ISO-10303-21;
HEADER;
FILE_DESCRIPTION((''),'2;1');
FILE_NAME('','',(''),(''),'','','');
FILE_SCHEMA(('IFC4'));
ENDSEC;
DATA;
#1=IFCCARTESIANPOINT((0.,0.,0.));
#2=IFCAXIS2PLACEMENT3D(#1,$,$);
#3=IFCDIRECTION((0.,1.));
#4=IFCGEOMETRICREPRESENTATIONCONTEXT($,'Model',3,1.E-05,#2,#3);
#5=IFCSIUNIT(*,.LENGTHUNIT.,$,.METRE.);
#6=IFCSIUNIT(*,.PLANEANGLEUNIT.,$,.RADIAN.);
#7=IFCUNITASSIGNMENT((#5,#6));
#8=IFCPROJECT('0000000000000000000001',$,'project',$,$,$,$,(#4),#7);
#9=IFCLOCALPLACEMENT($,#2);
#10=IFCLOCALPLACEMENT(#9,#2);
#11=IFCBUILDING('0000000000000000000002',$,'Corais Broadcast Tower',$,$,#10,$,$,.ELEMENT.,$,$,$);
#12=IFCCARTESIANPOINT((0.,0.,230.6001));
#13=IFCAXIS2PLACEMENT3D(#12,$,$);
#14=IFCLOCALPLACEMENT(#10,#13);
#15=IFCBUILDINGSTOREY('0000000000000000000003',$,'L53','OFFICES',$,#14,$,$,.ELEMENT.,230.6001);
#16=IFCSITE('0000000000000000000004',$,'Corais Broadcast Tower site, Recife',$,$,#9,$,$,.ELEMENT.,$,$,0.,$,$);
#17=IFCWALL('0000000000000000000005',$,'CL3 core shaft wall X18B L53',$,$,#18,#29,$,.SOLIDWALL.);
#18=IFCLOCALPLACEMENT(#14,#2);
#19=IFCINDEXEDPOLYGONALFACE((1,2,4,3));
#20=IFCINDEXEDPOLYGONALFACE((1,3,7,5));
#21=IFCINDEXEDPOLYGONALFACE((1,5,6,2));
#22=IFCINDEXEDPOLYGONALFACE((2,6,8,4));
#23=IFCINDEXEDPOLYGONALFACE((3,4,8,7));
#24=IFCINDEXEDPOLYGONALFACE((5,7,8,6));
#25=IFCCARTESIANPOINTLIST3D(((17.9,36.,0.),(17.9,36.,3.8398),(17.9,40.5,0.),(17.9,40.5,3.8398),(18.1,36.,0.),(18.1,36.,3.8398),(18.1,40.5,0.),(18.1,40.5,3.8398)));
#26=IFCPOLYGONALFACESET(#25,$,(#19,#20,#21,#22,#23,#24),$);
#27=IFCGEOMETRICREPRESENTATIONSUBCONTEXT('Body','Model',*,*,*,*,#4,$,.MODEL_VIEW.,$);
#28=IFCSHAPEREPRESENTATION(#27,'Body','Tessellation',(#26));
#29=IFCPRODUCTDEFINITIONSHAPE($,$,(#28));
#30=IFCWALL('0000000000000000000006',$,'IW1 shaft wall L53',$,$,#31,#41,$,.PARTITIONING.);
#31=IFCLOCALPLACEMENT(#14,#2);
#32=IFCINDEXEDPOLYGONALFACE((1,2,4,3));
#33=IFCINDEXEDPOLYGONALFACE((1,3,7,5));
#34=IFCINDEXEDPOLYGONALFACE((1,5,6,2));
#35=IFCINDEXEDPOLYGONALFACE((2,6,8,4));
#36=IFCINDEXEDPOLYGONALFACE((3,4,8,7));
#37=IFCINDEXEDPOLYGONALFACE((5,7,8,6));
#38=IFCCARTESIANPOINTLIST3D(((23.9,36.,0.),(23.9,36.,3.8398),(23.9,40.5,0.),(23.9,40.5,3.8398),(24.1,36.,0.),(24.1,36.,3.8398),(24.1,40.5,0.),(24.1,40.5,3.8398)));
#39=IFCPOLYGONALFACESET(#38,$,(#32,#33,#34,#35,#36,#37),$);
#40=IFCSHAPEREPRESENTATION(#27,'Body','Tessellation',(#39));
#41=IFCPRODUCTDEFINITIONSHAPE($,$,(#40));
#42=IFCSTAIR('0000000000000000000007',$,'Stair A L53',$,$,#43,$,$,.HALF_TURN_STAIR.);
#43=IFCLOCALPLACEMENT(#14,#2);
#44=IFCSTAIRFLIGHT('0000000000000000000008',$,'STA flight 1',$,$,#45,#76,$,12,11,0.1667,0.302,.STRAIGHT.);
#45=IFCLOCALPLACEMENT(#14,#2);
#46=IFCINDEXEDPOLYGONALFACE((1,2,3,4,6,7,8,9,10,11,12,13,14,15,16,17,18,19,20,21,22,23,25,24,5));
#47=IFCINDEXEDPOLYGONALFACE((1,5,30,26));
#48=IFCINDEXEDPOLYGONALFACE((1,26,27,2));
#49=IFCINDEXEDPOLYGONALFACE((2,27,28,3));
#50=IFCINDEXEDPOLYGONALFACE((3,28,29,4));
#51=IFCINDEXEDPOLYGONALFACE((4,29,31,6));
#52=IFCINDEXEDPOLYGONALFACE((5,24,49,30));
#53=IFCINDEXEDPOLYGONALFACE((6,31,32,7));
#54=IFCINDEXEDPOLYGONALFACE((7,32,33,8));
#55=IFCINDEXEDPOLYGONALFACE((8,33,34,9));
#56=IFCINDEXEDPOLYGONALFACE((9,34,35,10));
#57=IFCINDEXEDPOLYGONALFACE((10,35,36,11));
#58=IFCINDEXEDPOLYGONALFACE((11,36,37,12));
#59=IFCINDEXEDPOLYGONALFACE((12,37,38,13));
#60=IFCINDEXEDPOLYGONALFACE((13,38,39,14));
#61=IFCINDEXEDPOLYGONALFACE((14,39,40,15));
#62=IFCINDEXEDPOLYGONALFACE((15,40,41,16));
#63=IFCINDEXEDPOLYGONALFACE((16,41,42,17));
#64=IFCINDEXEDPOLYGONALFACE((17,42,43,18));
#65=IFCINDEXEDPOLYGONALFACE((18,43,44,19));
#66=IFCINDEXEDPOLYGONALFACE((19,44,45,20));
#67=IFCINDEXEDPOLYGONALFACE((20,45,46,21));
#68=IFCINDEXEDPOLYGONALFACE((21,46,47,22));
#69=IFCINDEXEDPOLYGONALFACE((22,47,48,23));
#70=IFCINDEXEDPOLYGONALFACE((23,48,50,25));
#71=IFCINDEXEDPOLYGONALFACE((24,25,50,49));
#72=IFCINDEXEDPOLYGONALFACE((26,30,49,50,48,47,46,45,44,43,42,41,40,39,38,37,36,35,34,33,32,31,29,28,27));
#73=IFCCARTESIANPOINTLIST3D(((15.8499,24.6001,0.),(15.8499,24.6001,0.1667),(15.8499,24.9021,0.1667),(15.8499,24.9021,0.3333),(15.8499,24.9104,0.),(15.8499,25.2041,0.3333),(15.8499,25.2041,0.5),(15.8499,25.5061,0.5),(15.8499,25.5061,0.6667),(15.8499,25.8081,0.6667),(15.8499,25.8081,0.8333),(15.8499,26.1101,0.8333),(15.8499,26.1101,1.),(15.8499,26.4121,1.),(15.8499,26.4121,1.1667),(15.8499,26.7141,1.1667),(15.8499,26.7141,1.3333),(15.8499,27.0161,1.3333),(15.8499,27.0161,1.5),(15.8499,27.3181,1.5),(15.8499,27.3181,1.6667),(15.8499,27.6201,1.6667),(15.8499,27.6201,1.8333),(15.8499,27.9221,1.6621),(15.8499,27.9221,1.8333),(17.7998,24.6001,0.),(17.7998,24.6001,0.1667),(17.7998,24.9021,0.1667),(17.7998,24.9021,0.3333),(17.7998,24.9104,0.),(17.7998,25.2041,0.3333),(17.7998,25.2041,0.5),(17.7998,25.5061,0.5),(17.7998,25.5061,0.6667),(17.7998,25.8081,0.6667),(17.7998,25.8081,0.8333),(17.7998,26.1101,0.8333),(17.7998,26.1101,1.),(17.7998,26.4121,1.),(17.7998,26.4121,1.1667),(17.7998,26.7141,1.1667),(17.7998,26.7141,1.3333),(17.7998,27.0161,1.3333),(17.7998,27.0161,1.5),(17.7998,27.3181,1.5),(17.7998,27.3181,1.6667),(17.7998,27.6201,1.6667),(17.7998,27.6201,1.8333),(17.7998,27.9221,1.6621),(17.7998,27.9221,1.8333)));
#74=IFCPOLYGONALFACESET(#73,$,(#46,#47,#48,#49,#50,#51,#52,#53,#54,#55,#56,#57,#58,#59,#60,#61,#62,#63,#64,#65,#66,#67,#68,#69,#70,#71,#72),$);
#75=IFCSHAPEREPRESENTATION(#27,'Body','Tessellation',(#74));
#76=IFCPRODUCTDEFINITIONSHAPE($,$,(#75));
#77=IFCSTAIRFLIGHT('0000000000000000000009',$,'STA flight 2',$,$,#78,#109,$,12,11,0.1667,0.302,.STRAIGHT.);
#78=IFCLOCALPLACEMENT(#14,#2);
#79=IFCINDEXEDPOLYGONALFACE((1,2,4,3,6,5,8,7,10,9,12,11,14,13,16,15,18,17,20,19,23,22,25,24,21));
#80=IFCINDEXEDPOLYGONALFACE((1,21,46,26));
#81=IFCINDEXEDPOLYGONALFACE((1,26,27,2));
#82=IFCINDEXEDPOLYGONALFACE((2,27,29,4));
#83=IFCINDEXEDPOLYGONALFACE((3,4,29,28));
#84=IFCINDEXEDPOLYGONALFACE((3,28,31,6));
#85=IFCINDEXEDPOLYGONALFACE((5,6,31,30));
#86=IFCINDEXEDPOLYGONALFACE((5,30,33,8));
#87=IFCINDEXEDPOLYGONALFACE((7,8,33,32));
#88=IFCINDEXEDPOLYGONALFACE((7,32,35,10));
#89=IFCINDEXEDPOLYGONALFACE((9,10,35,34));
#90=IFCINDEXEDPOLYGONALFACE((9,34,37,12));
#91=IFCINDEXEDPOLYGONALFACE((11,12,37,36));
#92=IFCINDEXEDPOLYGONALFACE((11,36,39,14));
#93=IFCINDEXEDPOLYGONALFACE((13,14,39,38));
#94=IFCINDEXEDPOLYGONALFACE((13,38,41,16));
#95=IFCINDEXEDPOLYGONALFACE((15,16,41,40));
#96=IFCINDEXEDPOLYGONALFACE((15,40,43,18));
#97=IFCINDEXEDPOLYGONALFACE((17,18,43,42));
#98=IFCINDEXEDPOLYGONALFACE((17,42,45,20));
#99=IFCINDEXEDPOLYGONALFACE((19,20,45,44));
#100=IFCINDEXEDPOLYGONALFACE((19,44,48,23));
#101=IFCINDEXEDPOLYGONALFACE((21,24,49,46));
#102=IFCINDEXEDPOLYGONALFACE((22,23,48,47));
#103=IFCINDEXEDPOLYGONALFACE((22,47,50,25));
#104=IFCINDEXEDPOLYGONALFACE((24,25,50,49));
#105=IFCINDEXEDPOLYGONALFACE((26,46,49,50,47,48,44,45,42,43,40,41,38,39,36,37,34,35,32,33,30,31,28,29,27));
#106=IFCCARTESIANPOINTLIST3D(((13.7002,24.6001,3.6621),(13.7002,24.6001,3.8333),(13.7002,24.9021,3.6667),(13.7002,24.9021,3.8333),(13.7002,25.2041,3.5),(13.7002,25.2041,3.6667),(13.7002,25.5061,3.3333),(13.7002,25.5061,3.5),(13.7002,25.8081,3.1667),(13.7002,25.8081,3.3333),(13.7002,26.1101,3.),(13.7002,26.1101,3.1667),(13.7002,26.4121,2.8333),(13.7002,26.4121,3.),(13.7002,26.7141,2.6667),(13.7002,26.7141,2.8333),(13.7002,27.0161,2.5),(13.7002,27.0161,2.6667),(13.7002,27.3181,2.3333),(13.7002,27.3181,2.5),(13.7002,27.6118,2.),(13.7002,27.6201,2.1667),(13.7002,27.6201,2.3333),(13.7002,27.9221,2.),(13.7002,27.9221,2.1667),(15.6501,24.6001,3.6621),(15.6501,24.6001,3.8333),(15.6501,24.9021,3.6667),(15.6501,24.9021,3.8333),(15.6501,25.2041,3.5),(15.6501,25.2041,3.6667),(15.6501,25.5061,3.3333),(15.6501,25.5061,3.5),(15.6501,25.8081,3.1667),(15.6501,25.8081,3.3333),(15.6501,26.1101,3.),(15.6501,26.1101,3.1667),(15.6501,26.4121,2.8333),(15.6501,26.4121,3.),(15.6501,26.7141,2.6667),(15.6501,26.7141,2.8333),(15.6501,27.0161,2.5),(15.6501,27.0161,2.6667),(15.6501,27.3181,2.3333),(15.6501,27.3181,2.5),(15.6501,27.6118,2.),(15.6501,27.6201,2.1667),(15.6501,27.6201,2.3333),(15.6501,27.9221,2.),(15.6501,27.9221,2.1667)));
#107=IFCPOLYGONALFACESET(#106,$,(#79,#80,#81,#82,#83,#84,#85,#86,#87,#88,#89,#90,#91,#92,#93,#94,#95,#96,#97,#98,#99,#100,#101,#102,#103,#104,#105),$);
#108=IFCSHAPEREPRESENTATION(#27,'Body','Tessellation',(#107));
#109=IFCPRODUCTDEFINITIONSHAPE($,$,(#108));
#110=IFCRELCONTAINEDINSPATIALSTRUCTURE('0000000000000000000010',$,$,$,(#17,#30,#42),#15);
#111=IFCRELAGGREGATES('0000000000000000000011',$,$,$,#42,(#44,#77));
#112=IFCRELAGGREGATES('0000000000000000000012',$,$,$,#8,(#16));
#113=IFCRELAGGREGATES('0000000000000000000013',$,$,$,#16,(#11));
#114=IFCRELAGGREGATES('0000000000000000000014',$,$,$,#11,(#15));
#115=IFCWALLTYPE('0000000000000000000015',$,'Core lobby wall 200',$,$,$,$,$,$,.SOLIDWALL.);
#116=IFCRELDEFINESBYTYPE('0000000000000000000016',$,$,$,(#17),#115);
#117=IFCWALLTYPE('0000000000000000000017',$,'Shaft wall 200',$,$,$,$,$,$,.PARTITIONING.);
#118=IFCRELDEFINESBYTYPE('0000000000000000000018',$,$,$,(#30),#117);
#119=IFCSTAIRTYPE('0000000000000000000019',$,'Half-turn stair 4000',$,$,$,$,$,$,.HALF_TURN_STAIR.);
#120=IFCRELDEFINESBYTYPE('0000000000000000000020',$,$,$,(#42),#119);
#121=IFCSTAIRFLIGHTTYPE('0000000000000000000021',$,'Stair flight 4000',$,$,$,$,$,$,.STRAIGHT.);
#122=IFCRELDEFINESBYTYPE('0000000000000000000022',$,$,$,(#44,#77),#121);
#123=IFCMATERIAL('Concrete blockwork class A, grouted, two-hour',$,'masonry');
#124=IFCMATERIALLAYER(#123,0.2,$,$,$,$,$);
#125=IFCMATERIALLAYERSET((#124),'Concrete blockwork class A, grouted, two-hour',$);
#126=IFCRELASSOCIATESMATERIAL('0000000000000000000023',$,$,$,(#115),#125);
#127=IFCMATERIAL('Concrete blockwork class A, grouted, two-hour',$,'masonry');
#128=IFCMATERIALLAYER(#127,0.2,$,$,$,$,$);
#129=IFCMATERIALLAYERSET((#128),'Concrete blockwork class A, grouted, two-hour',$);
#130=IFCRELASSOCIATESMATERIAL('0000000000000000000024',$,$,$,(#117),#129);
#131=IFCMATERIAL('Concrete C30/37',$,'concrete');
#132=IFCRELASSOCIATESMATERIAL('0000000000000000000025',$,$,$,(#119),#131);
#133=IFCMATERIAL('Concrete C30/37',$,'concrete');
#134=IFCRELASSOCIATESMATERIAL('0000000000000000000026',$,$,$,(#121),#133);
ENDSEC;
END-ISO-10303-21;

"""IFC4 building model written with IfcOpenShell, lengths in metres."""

from ifc_helpers import new_model, si_unit, direction, frame, frame_2d, origin, place, context, subcontext, project, spatial, polyline, rectangle, outline, extrude, material, layer, layer_set, type_object, element, aggregate, save


model = new_model("IFC4")

# Units and contexts
model_context = context("Model", 3, precision=1e-05, world=origin(), true_north=direction((0.0, 1.0)))
body_context = subcontext(model_context, "Body", "Model", "MODEL_VIEW")
ifc_project = project(units=[si_unit("LENGTHUNIT", "METRE"), si_unit("PLANEANGLEUNIT", "RADIAN")], contexts=[model_context])

# Site, building, storey
site_placement = place(None, origin())
site = spatial("IfcSite", under=ifc_project, at=site_placement, Name="Corais Broadcast Tower site, Recife", CompositionType="ELEMENT", RefElevation=0.0)
building_placement = place(site_placement, origin())
building = spatial("IfcBuilding", under=site, at=building_placement, Name="Corais Broadcast Tower", CompositionType="ELEMENT")
storey_placement = place(building_placement, frame((0.0, 0.0, 230.6001)))
storey = spatial("IfcBuildingStorey", under=building, at=storey_placement, Name="L53", Description="OFFICES", CompositionType="ELEMENT", Elevation=230.6001)

# Walls
ifc_material_1 = material(Name="Concrete blockwork class A, grouted, two-hour", Category="masonry")
ifc_layer_1 = layer(ifc_material_1, 0.2)
ifc_layer_set_1 = layer_set([ifc_layer_1], Name="Concrete blockwork class A, grouted, two-hour")
wall_type_1 = type_object("IfcWallType", Name="Core lobby wall 200", PredefinedType="SOLIDWALL", material=ifc_layer_set_1)
wall_1_placement = place(storey_placement, frame((18.0, 36.0, 0.0), z_axis=(0.0, 0.0, 1.0), x_axis=(0.0, 1.0, 0.0)))
element("IfcWall", 1, at=wall_1_placement, inside=storey, type_object=wall_type_1, Name="CL3 core shaft wall X18B L53", PredefinedType="SOLIDWALL", context=body_context, shape_type="SweptSolid", body=[
    extrude(rectangle(XDim=4.5, YDim=0.2, at=frame_2d((2.25, 0.0))), origin(), (0.0, 0.0, 1.0), 3.8398),
])
ifc_material_2 = material(Name="Concrete blockwork class A, grouted, two-hour", Category="masonry")
ifc_layer_2 = layer(ifc_material_2, 0.2)
ifc_layer_set_2 = layer_set([ifc_layer_2], Name="Concrete blockwork class A, grouted, two-hour")
wall_type_2 = type_object("IfcWallType", Name="Shaft wall 200", PredefinedType="PARTITIONING", material=ifc_layer_set_2)
wall_2_placement = place(storey_placement, frame((24.0, 36.0, 0.0), z_axis=(0.0, 0.0, 1.0), x_axis=(0.0, 1.0, 0.0)))
element("IfcWall", 2, at=wall_2_placement, inside=storey, type_object=wall_type_2, Name="IW1 shaft wall L53", PredefinedType="PARTITIONING", context=body_context, shape_type="SweptSolid", body=[
    extrude(rectangle(XDim=4.5, YDim=0.2, at=frame_2d((2.25, 0.0))), origin(), (0.0, 0.0, 1.0), 3.8398),
])

# Stair, stair flights
ifc_material_3 = material(Name="Concrete C30/37", Category="concrete")
stair_type = type_object("IfcStairType", Name="Half-turn stair 4000", PredefinedType="HALF_TURN_STAIR", material=ifc_material_3)
stair_placement = place(storey_placement, origin())
stair = element("IfcStair", 3, at=stair_placement, inside=storey, type_object=stair_type, Name="Stair A L53", PredefinedType="HALF_TURN_STAIR")
ifc_material_4 = material(Name="Concrete C30/37", Category="concrete")
stair_flight_type = type_object("IfcStairFlightType", Name="Stair flight 4000", PredefinedType="STRAIGHT", material=ifc_material_4)
stair_flight_1_placement = place(storey_placement, frame((16.825, 24.6001, 0.0), z_axis=(0.0, 0.0, 1.0), x_axis=(0.0, 1.0, 0.0)))
stair_flight_1 = element("IfcStairFlight", 4, at=stair_flight_1_placement, type_object=stair_flight_type, Name="STA flight 1", NumberOfRisers=12, NumberOfTreads=11, PredefinedType="STRAIGHT", RiserHeight=0.1667, TreadLength=0.302, context=body_context, shape_type="SweptSolid", body=[
    extrude(outline(polyline([(0.0, 0.0), (0.0, 0.1667), (0.302, 0.1667), (0.302, 0.3333), (0.604, 0.3333), (0.604, 0.5), (0.906, 0.5), (0.906, 0.6667), (1.208, 0.6667), (1.208, 0.8333), (1.51, 0.8333), (1.51, 1.0), (1.812, 1.0), (1.812, 1.1667), (2.114, 1.1667), (2.114, 1.3333), (2.416, 1.3333), (2.416, 1.5), (2.718, 1.5), (2.718, 1.6667), (3.02, 1.6667), (3.02, 1.8333), (3.322, 1.8333), (3.322, 2.0), (3.322, 1.6621), (0.3103, 0.0), (0.0, 0.0)])), frame((0.0, 0.9751, 0.0), z_axis=(0.0, -1.0, 0.0), x_axis=(1.0, 0.0, 0.0)), (0.0, 0.0, 1.0), 1.95),
])
stair_flight_2_placement = place(storey_placement, frame((14.675, 27.9221, 2.0), z_axis=(0.0, 0.0, 1.0), x_axis=(0.0, -1.0, 0.0)))
stair_flight_2 = element("IfcStairFlight", 5, at=stair_flight_2_placement, type_object=stair_flight_type, Name="STA flight 2", NumberOfRisers=12, NumberOfTreads=11, PredefinedType="STRAIGHT", RiserHeight=0.1667, TreadLength=0.302, context=body_context, shape_type="SweptSolid", body=[
    extrude(outline(polyline([(0.0, 0.0), (0.0, 0.1667), (0.302, 0.1667), (0.302, 0.3333), (0.604, 0.3333), (0.604, 0.5), (0.906, 0.5), (0.906, 0.6667), (1.208, 0.6667), (1.208, 0.8333), (1.51, 0.8333), (1.51, 1.0), (1.812, 1.0), (1.812, 1.1667), (2.114, 1.1667), (2.114, 1.3333), (2.416, 1.3333), (2.416, 1.5), (2.718, 1.5), (2.718, 1.6667), (3.02, 1.6667), (3.02, 1.8333), (3.322, 1.8333), (3.322, 2.0), (3.322, 1.6621), (0.3103, 0.0), (0.0, 0.0)])), frame((0.0, 0.9751, 0.0), z_axis=(0.0, -1.0, 0.0), x_axis=(1.0, 0.0, 0.0)), (0.0, 0.0, 1.0), 1.95),
])
aggregate(stair, [stair_flight_1, stair_flight_2])

save(model, "model.ifc")
